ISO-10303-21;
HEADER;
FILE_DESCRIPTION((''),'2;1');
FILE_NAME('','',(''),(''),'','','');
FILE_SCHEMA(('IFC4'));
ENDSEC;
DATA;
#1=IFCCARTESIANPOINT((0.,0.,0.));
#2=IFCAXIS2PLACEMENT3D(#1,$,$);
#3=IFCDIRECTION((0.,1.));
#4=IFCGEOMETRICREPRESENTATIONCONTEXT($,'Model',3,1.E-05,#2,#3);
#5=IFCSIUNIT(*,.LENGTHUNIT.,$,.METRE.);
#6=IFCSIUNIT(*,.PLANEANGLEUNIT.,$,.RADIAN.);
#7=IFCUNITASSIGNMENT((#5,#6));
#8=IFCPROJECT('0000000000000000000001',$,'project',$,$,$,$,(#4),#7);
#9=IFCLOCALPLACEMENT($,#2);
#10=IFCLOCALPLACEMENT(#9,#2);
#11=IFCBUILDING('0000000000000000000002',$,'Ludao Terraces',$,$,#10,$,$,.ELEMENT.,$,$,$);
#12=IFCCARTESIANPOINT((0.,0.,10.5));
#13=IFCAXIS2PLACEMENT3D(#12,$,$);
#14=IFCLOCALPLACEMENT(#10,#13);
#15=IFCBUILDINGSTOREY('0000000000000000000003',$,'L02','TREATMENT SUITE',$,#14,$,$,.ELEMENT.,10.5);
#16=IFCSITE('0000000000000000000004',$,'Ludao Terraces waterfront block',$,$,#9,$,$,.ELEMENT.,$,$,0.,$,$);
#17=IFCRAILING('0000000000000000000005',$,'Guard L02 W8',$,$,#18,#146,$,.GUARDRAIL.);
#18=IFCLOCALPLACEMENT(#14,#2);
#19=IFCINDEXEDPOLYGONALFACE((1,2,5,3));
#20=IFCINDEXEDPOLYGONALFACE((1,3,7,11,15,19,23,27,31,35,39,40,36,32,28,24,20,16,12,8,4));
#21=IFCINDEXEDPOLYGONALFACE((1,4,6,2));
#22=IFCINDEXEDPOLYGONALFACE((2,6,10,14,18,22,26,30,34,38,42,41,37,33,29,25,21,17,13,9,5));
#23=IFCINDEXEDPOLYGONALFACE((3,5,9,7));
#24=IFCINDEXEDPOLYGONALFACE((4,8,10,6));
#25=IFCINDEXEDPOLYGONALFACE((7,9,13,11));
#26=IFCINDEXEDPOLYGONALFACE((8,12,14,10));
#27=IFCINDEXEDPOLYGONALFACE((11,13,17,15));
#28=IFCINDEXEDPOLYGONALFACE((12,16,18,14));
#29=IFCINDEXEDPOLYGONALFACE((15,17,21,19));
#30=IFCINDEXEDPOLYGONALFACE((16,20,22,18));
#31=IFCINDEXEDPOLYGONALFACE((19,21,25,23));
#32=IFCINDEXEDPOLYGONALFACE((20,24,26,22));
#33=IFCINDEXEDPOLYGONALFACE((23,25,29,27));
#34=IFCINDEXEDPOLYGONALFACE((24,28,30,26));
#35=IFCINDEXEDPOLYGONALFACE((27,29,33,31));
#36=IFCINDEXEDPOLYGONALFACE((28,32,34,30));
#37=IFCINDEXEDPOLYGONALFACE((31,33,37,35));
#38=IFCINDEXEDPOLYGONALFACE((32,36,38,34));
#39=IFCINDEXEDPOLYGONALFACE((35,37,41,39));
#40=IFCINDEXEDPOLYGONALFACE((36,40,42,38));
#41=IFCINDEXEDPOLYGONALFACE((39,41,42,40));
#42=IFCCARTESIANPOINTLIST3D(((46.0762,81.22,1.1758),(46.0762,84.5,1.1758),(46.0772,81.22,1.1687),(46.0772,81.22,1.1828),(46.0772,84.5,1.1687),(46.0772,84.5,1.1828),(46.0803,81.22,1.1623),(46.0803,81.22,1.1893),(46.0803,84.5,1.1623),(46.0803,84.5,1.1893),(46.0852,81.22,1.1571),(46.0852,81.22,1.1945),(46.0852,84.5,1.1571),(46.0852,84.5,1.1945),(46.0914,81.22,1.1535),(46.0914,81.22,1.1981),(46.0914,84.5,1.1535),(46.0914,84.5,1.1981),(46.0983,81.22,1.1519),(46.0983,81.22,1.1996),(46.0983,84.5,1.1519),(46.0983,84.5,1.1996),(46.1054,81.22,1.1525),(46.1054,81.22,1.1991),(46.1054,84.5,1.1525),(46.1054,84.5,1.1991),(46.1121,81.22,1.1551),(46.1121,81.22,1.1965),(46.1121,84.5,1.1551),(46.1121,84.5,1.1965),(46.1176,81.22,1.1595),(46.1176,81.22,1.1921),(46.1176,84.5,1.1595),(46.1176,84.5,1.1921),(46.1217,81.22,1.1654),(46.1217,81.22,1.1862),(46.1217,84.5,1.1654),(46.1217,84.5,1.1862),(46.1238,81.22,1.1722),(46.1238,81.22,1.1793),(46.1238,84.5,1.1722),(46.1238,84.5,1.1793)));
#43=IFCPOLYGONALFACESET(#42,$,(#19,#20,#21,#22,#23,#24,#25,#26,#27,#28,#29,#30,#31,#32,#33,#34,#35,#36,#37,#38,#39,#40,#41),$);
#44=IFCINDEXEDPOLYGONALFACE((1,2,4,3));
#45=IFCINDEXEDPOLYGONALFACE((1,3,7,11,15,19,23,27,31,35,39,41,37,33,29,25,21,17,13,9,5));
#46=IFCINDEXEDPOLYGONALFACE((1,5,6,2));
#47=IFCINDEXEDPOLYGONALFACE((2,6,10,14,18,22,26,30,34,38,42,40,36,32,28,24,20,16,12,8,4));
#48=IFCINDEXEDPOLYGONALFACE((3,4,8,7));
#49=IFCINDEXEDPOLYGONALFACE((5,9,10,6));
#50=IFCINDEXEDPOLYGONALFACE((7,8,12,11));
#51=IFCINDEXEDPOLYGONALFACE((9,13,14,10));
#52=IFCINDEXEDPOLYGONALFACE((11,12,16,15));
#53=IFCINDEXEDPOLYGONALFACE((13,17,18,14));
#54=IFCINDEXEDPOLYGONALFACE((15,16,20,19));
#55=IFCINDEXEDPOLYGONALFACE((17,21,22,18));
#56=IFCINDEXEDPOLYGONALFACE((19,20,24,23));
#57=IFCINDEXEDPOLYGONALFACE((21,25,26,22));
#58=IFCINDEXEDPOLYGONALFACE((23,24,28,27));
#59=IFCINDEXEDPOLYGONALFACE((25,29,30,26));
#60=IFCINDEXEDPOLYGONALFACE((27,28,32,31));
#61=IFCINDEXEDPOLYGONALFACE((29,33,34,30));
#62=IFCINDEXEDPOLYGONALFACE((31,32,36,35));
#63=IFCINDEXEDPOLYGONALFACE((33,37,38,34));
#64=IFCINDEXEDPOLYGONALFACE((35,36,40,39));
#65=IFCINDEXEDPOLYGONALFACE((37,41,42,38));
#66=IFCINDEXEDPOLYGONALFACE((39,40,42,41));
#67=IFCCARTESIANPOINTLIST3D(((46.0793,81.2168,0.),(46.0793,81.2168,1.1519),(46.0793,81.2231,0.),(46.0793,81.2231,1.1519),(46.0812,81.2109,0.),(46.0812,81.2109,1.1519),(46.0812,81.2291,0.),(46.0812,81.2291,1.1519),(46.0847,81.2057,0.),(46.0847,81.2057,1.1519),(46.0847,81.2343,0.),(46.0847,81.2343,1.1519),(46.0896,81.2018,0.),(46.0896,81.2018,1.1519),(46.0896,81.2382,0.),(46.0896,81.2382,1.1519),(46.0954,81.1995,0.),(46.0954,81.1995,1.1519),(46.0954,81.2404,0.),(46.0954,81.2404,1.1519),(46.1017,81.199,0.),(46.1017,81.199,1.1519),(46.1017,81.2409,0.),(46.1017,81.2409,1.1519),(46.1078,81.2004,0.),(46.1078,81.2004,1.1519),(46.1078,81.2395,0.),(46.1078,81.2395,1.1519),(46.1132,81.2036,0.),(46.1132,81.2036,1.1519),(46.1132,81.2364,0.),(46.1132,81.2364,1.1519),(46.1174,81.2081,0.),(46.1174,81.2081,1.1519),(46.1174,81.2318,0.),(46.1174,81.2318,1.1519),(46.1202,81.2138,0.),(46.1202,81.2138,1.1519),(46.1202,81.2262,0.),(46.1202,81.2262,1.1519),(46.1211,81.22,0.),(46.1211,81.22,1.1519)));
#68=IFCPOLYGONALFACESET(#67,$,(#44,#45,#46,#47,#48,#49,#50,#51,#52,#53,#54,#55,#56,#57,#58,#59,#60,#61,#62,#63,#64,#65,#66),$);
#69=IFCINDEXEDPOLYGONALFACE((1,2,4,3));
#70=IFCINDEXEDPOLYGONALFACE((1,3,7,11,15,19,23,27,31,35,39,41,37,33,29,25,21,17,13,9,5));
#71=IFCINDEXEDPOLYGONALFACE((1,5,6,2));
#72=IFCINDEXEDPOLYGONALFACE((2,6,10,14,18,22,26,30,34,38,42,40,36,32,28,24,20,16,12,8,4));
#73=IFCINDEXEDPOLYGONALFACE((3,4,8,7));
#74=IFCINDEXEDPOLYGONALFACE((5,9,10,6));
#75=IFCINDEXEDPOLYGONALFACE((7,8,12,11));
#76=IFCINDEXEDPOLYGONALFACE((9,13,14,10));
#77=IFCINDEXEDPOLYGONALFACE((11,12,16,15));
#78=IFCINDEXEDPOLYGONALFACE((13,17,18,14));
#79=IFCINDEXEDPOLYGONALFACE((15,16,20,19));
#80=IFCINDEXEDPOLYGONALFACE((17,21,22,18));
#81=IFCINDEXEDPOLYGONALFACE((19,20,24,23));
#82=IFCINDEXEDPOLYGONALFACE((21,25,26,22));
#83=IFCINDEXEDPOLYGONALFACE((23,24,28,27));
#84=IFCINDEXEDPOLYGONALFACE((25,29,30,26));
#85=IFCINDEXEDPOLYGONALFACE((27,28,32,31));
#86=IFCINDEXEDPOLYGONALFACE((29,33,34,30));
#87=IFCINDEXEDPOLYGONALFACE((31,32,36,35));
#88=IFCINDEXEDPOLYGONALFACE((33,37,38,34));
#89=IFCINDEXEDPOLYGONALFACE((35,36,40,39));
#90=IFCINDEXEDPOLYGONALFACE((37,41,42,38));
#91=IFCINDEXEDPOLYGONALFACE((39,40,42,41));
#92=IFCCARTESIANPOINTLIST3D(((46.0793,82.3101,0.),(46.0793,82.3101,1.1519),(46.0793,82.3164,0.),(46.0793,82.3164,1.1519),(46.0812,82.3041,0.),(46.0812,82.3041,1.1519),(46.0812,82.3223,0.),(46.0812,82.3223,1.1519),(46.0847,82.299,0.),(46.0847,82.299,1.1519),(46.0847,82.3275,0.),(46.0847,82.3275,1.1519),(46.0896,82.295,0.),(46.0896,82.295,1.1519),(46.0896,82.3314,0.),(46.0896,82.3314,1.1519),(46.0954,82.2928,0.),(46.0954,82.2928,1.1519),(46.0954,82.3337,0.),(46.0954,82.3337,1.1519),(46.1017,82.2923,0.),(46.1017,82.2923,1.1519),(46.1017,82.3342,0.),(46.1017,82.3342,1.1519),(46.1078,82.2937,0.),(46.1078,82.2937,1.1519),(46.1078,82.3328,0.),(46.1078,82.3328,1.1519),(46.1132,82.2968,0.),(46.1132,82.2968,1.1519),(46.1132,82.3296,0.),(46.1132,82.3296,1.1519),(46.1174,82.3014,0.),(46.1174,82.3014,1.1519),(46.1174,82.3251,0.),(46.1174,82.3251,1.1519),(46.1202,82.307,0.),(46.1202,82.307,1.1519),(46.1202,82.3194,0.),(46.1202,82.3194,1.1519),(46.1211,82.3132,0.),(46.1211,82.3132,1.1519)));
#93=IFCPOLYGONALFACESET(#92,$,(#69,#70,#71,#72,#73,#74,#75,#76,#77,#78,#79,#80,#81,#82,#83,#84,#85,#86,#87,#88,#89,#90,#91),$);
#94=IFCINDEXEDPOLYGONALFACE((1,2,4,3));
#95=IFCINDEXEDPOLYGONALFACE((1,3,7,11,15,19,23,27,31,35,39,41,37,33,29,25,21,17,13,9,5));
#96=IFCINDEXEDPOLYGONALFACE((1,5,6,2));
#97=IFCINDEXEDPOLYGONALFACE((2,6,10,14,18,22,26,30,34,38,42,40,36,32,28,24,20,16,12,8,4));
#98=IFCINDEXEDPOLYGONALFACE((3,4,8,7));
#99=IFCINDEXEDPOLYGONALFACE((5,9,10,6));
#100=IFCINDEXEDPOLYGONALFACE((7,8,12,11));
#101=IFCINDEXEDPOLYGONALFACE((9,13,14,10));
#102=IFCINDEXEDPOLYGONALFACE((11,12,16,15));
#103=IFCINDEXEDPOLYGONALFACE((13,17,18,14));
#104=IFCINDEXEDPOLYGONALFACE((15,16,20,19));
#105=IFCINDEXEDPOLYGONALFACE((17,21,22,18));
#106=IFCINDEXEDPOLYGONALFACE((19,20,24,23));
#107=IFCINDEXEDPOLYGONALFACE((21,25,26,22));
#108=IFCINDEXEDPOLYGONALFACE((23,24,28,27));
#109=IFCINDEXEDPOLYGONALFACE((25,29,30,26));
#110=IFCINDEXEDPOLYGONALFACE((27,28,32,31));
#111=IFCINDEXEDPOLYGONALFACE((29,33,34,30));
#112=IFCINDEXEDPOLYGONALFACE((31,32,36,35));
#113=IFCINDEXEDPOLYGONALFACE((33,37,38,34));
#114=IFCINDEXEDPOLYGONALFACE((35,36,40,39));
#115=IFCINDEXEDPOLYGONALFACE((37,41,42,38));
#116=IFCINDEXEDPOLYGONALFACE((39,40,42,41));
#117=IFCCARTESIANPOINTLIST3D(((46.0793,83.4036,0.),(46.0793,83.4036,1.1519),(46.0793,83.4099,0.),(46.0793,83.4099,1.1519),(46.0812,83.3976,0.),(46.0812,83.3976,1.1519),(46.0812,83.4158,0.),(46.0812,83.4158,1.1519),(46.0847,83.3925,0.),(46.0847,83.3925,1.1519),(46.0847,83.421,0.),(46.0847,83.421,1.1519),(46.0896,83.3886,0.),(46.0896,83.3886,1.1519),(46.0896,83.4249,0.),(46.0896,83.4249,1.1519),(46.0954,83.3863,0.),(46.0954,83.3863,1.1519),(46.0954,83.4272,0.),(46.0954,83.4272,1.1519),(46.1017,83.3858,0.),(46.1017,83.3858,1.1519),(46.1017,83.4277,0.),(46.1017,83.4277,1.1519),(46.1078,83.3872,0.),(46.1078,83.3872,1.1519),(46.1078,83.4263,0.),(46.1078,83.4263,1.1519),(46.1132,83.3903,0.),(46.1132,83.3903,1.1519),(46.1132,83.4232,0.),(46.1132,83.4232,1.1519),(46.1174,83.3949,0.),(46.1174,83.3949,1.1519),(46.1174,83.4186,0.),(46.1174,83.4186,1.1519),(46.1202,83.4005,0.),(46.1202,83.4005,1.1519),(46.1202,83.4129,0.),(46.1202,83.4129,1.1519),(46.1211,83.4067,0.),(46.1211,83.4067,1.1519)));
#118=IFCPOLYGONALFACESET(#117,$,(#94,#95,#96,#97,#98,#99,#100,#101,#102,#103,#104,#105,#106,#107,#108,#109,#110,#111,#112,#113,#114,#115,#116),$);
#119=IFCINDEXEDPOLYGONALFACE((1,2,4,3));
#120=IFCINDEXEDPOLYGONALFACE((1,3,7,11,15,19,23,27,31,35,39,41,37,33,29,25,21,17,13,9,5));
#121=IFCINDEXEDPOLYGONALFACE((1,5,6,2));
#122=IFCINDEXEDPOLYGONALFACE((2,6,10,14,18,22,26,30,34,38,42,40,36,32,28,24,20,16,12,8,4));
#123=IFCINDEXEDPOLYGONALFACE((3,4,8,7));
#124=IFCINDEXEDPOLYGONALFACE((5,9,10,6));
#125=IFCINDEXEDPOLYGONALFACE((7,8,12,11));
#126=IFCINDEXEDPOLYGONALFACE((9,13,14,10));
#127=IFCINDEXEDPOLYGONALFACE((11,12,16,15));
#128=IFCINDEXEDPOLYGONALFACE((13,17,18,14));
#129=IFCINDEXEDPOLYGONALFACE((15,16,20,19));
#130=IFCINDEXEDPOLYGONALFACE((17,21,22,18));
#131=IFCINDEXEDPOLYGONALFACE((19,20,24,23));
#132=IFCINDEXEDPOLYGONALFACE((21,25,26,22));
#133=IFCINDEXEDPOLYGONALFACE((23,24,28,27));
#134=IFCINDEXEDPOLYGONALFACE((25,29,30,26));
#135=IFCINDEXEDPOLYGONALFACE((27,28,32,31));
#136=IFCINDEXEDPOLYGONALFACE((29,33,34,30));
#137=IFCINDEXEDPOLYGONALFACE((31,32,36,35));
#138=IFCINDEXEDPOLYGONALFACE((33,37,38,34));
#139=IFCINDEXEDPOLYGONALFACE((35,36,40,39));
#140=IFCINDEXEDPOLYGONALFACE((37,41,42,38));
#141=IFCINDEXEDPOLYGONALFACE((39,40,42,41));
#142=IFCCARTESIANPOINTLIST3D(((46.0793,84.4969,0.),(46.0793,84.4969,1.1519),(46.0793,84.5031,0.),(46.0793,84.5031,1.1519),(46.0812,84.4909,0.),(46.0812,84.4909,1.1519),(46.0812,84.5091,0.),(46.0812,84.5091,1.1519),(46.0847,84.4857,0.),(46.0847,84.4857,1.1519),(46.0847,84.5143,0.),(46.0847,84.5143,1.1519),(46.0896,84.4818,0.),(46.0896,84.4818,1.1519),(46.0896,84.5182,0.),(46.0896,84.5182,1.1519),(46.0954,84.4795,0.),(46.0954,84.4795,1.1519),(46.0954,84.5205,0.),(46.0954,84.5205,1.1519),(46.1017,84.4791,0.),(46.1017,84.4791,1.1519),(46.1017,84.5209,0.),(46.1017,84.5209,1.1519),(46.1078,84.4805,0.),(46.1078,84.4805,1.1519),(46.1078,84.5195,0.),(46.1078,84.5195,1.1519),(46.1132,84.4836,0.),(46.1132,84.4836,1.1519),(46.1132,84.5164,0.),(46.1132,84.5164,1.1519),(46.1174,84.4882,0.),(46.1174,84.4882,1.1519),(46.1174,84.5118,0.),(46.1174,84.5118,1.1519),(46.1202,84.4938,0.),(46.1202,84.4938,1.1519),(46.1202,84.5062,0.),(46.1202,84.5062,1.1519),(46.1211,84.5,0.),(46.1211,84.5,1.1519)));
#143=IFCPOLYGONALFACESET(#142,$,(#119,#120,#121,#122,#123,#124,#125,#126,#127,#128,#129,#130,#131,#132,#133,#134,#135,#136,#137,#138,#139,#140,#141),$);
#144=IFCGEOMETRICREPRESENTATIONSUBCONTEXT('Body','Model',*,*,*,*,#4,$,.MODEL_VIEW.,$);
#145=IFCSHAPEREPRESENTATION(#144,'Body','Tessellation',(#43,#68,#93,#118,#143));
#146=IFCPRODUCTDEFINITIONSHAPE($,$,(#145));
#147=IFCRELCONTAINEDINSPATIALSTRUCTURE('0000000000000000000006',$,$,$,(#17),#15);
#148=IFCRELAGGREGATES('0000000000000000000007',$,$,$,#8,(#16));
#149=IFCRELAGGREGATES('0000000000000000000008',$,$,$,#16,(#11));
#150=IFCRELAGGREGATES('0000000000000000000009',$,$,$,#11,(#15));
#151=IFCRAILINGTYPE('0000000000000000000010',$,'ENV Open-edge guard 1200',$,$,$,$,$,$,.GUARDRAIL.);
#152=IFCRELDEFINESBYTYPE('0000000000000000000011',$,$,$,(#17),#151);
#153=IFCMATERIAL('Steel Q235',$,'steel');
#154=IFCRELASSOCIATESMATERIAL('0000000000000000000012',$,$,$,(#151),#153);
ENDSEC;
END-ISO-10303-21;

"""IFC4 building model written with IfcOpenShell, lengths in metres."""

from ifc_helpers import new_model, si_unit, direction, frame, origin, origin_2d, place, context, subcontext, project, spatial, circle, extrude, material, type_object, element, save


model = new_model("IFC4")

# Units and contexts
model_context = context("Model", 3, precision=1e-05, world=origin(), true_north=direction((0.0, 1.0)))
body_context = subcontext(model_context, "Body", "Model", "MODEL_VIEW")
ifc_project = project(units=[si_unit("LENGTHUNIT", "METRE"), si_unit("PLANEANGLEUNIT", "RADIAN")], contexts=[model_context])

# Site, building, storey
site_placement = place(None, origin())
site = spatial("IfcSite", under=ifc_project, at=site_placement, Name="Ludao Terraces waterfront block", CompositionType="ELEMENT", RefElevation=0.0)
building_placement = place(site_placement, origin())
building = spatial("IfcBuilding", under=site, at=building_placement, Name="Ludao Terraces", CompositionType="ELEMENT")
storey_placement = place(building_placement, frame((0.0, 0.0, 10.5)))
storey = spatial("IfcBuildingStorey", under=building, at=storey_placement, Name="L02", Description="TREATMENT SUITE", CompositionType="ELEMENT", Elevation=10.5)

# Shared definitions
ifc_material_1 = material(Name="Steel Q235", Category="steel")

# Railing
railing_type = type_object("IfcRailingType", Name="ENV Open-edge guard 1200", PredefinedType="GUARDRAIL", material=ifc_material_1)
railing_1_placement = place(storey_placement, frame((46.1001, 81.22, 0.0)))
element("IfcRailing", 1, at=railing_1_placement, inside=storey, type_object=railing_type, Name="Guard L02 W8", PredefinedType="GUARDRAIL", context=body_context, shape_type="SweptSolid", body=[
    extrude(circle(Radius=0.0239, at=origin_2d()), frame((0.0, 0.0, 1.1758), z_axis=(0.0, 1.0, 0.0), x_axis=(-1.0, 0.0, 0.0)), (0.0, 0.0, 1.0), 3.28),
    extrude(circle(Radius=0.021, at=origin_2d()), origin(), (0.0, 0.0, 1.0), 1.1519),
    extrude(circle(Radius=0.021, at=origin_2d()), frame((0.0, 1.0933, 0.0)), (0.0, 0.0, 1.0), 1.1519),
    extrude(circle(Radius=0.021, at=origin_2d()), frame((0.0, 2.1868, 0.0)), (0.0, 0.0, 1.0), 1.1519),
    extrude(circle(Radius=0.021, at=origin_2d()), frame((0.0, 3.28, 0.0)), (0.0, 0.0, 1.0), 1.1519),
])

save(model, "model.ifc")
